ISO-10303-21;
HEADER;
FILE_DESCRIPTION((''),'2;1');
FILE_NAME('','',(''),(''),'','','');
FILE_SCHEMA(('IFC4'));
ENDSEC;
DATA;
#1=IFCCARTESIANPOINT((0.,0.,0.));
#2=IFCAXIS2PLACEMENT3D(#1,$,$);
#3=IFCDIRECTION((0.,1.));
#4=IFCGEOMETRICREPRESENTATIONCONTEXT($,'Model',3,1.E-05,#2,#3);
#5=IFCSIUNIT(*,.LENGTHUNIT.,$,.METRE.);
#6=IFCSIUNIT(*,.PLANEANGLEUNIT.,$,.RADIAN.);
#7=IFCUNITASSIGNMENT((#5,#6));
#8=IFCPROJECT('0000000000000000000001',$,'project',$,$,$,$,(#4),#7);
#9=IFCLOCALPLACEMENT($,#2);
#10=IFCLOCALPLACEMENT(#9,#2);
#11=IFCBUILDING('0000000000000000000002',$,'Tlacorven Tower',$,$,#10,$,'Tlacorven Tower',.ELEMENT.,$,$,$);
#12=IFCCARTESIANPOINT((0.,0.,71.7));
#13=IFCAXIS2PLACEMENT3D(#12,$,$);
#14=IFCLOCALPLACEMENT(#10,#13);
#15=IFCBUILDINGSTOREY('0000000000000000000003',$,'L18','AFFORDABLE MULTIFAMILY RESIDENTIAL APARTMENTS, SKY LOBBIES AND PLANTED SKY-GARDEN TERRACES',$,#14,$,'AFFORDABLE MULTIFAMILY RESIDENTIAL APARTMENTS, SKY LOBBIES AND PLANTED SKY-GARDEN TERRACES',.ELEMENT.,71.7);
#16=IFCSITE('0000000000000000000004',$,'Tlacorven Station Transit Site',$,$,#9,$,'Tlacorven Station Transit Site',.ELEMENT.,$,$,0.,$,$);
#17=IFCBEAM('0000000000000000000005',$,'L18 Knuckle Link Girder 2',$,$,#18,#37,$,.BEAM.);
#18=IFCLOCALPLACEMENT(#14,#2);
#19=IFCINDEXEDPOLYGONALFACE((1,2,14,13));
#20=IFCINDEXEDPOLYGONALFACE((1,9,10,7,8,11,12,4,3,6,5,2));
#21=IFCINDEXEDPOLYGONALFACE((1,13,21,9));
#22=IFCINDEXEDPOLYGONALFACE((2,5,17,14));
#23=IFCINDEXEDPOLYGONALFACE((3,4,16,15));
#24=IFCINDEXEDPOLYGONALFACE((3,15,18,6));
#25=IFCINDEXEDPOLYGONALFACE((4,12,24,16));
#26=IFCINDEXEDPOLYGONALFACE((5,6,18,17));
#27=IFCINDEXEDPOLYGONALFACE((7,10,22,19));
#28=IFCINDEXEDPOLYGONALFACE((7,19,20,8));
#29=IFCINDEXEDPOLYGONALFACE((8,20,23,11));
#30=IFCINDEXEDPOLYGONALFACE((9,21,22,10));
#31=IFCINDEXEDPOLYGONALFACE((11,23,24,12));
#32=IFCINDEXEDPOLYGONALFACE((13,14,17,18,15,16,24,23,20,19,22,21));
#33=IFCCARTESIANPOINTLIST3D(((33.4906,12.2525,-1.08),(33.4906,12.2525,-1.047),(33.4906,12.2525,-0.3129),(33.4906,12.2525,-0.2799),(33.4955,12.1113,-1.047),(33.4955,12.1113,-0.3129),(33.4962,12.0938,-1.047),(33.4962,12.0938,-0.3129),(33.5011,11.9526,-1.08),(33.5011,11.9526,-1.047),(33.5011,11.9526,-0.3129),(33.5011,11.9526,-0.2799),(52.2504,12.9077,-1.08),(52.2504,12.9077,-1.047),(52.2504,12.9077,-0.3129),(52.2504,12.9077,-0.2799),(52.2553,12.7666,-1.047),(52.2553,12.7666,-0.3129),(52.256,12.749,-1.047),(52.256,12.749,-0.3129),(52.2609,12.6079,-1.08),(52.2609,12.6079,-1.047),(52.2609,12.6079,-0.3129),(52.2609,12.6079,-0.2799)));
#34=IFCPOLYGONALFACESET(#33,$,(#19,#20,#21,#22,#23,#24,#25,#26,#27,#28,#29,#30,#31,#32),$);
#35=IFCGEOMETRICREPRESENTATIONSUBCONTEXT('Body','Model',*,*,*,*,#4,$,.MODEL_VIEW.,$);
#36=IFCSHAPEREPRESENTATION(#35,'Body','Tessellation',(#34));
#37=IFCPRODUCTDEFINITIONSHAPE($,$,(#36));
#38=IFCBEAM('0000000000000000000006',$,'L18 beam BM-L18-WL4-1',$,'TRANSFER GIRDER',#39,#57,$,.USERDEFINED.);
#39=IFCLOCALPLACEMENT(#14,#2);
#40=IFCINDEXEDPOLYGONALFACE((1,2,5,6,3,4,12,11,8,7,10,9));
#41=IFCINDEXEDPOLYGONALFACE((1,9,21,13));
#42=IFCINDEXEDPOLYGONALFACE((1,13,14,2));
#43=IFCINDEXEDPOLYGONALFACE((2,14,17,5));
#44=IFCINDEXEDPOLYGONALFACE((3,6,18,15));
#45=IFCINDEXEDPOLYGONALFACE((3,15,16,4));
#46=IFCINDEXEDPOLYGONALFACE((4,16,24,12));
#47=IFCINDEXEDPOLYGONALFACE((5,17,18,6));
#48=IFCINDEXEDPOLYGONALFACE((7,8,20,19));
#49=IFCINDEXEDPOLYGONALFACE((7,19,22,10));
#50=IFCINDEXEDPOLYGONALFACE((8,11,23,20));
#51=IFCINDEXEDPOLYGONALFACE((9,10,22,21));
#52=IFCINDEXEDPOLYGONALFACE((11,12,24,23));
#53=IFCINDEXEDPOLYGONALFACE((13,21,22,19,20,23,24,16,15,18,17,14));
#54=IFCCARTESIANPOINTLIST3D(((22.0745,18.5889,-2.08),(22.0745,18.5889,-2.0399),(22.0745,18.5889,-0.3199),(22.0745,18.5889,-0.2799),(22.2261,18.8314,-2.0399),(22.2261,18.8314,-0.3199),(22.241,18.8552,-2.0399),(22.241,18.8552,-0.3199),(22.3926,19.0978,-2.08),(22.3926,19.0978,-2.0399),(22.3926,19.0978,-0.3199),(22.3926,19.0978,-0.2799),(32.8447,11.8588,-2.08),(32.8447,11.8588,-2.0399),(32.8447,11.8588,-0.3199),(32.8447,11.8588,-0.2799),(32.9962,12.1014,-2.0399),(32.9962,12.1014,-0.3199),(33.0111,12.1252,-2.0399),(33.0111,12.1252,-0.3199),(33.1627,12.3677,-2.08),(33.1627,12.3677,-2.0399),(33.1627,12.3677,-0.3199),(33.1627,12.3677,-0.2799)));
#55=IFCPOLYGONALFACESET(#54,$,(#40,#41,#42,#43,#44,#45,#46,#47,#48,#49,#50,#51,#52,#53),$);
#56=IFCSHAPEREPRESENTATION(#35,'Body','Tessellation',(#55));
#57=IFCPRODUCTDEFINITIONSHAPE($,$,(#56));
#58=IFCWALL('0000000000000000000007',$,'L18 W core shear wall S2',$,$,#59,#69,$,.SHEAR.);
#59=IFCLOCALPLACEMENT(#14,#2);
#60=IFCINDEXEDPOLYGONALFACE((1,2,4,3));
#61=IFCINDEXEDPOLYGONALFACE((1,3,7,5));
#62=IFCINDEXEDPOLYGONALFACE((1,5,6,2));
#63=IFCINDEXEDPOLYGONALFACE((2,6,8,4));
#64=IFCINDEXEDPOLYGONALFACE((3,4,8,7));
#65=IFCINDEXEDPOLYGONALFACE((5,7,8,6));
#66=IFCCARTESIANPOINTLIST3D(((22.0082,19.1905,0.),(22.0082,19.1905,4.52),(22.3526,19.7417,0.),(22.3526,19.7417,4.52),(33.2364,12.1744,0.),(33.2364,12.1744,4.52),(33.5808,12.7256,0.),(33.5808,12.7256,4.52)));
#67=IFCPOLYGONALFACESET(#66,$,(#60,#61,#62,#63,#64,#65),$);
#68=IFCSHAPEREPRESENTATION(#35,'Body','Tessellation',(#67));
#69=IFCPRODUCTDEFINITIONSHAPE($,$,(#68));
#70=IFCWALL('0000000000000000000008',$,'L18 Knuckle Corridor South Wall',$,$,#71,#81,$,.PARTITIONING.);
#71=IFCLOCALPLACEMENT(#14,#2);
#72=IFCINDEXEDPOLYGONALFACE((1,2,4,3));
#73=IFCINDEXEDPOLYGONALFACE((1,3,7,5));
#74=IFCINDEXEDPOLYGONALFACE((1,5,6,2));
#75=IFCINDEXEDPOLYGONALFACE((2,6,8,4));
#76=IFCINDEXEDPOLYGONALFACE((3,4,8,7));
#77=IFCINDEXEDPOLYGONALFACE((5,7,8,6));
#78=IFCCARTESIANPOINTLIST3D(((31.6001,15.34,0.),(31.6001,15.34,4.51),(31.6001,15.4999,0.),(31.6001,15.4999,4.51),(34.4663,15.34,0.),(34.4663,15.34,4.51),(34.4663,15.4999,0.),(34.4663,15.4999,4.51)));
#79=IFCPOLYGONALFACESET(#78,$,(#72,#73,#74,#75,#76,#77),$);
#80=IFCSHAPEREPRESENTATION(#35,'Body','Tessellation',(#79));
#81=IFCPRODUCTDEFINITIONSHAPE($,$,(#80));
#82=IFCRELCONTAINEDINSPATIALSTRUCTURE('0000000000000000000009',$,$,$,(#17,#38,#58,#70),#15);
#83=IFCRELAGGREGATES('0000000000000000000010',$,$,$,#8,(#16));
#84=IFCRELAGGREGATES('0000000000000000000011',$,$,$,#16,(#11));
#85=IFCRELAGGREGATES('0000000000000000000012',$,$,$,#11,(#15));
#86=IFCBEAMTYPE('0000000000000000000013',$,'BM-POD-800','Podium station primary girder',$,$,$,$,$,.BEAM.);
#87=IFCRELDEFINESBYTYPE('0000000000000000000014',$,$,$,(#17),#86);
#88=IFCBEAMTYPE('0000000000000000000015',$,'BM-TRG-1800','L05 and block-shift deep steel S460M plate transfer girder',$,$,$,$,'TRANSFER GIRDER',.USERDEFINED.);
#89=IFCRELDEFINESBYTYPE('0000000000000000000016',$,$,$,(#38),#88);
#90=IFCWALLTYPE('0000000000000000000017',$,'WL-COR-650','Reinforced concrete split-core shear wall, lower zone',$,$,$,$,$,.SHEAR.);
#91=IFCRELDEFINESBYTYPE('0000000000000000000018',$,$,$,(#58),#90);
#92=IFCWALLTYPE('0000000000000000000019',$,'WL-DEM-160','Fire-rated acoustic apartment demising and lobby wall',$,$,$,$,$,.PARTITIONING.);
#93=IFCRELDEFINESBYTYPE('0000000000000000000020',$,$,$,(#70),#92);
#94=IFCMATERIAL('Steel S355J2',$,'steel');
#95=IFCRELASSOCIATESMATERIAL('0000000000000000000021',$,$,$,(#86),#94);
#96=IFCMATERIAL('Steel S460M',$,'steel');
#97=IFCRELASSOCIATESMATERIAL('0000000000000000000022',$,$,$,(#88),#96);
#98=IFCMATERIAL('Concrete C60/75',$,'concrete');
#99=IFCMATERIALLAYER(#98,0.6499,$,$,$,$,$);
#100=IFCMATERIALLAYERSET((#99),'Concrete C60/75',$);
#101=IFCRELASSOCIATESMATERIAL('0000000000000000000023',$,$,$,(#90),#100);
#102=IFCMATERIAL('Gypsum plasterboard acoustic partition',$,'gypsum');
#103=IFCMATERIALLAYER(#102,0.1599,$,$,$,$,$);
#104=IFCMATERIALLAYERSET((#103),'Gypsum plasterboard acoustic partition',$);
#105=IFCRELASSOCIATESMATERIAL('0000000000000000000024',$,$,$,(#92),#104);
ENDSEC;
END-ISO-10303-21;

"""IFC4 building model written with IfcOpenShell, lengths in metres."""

from ifc_helpers import new_model, si_unit, direction, frame, frame_2d, origin, origin_2d, place, context, subcontext, project, spatial, rectangle, i_section, extrude, source, transform, mapped, material, layer, layer_set, material_profile, profile_set, type_object, element, save


model = new_model("IFC4")

# Units and contexts
model_context = context("Model", 3, precision=1e-05, world=origin(), true_north=direction((0.0, 1.0)))
body_context = subcontext(model_context, "Body", "Model", "MODEL_VIEW")
ifc_project = project(units=[si_unit("LENGTHUNIT", "METRE"), si_unit("PLANEANGLEUNIT", "RADIAN")], contexts=[model_context])

# Site, building, storey
site_placement = place(None, origin())
site = spatial("IfcSite", under=ifc_project, at=site_placement, Name="Tlacorven Station Transit Site", LongName="Tlacorven Station Transit Site", CompositionType="ELEMENT", RefElevation=0.0)
building_placement = place(site_placement, origin())
building = spatial("IfcBuilding", under=site, at=building_placement, Name="Tlacorven Tower", LongName="Tlacorven Tower", CompositionType="ELEMENT")
storey_placement = place(building_placement, frame((0.0, 0.0, 71.7)))
storey = spatial("IfcBuildingStorey", under=building, at=storey_placement, Name="L18", Description="AFFORDABLE MULTIFAMILY RESIDENTIAL APARTMENTS, SKY LOBBIES AND PLANTED SKY-GARDEN TERRACES", LongName="AFFORDABLE MULTIFAMILY RESIDENTIAL APARTMENTS, SKY LOBBIES AND PLANTED SKY-GARDEN TERRACES", CompositionType="ELEMENT", Elevation=71.7)

# Beams
ifc_material_1 = material(Name="Steel S355J2", Category="steel")
ifc_material_profile_1 = material_profile(ifc_material_1, i_section(OverallWidth=0.3, OverallDepth=0.8, WebThickness=0.0176, FlangeThickness=0.033, at=origin_2d()), Name="HEB 800")
ifc_profile_set_1 = profile_set([ifc_material_profile_1], Name="Steel S355J2")
beam_type_1 = type_object("IfcBeamType", Name="BM-POD-800", Description="Podium station primary girder", PredefinedType="BEAM", material=ifc_profile_set_1)
shared_shape_1 = source(origin(), body_context, "Body", "SweptSolid", [
    extrude(i_section(OverallWidth=0.3, OverallDepth=0.8, WebThickness=0.0176, FlangeThickness=0.033, at=origin_2d()), origin(), (0.0, 0.0, 1.0), 18.7712),
])
beam_1_placement = place(storey_placement, frame((33.4958, 12.1025, -0.6799), z_axis=(0.999391, 0.034908, 0.0), x_axis=(-0.034908, 0.999391, 0.0)))
element("IfcBeam", 1, at=beam_1_placement, inside=storey, type_object=beam_type_1, Name="L18 Knuckle Link Girder 2", PredefinedType="BEAM", context=body_context, shape_type="MappedRepresentation", body=[
    mapped(shared_shape_1, transform((0.0, 0.0, 0.0), scale=1.0)),
])
ifc_material_2 = material(Name="Steel S460M", Category="steel")
ifc_material_profile_2 = material_profile(ifc_material_2, i_section(OverallWidth=0.6001, OverallDepth=1.8, WebThickness=0.0281, FlangeThickness=0.04, at=origin_2d()), Name="PG 1800X600X28X40")
ifc_profile_set_2 = profile_set([ifc_material_profile_2], Name="Steel S460M")
beam_type_2 = type_object("IfcBeamType", Name="BM-TRG-1800", Description="L05 and block-shift deep steel S460M plate transfer girder", ElementType="TRANSFER GIRDER", PredefinedType="USERDEFINED", material=ifc_profile_set_2)
shared_shape_2 = source(origin(), body_context, "Body", "SweptSolid", [
    extrude(i_section(OverallWidth=0.6001, OverallDepth=1.8, WebThickness=0.0281, FlangeThickness=0.04, at=origin_2d()), origin(), (0.0, 0.0, 1.0), 12.7),
])
beam_2_placement = place(storey_placement, frame((33.0037, 12.1133, -1.1799), z_axis=(-0.848044, 0.529926, 0.0), x_axis=(-0.529926, -0.848044, 0.0)))
element("IfcBeam", 2, at=beam_2_placement, inside=storey, type_object=beam_type_2, Name="L18 beam BM-L18-WL4-1", ObjectType="TRANSFER GIRDER", PredefinedType="USERDEFINED", context=body_context, shape_type="MappedRepresentation", body=[
    mapped(shared_shape_2, transform((0.0, 0.0, 0.0), scale=1.0)),
])

# Walls
ifc_material_3 = material(Name="Concrete C60/75", Category="concrete")
ifc_layer_1 = layer(ifc_material_3, 0.6499)
ifc_layer_set_1 = layer_set([ifc_layer_1], Name="Concrete C60/75")
wall_type_1 = type_object("IfcWallType", Name="WL-COR-650", Description="Reinforced concrete split-core shear wall, lower zone", PredefinedType="SHEAR", material=ifc_layer_set_1)
wall_1_placement = place(storey_placement, frame((33.4087, 12.45, 0.0), z_axis=(0.0, 0.0, 1.0), x_axis=(-0.848051, 0.529914, 0.0)))
element("IfcWall", 3, at=wall_1_placement, inside=storey, type_object=wall_type_1, Name="L18 W core shear wall S2", PredefinedType="SHEAR", context=body_context, shape_type="SweptSolid", body=[
    extrude(rectangle(XDim=13.24, YDim=0.6499, at=frame_2d((6.6201, 0.0))), origin(), (0.0, 0.0, 1.0), 4.52),
])
ifc_material_4 = material(Name="Gypsum plasterboard acoustic partition", Category="gypsum")
ifc_layer_2 = layer(ifc_material_4, 0.1599)
ifc_layer_set_2 = layer_set([ifc_layer_2], Name="Gypsum plasterboard acoustic partition")
wall_type_2 = type_object("IfcWallType", Name="WL-DEM-160", Description="Fire-rated acoustic apartment demising and lobby wall", PredefinedType="PARTITIONING", material=ifc_layer_set_2)
wall_2_placement = place(storey_placement, frame((31.6001, 15.4199, 0.0), z_axis=(0.0, 0.0, 1.0), x_axis=(1.0, 0.0, 0.0)))
element("IfcWall", 4, at=wall_2_placement, inside=storey, type_object=wall_type_2, Name="L18 Knuckle Corridor South Wall", PredefinedType="PARTITIONING", context=body_context, shape_type="SweptSolid", body=[
    extrude(rectangle(XDim=2.8662, YDim=0.1599, at=frame_2d((1.4331, 0.0))), origin(), (0.0, 0.0, 1.0), 4.51),
])

save(model, "model.ifc")
